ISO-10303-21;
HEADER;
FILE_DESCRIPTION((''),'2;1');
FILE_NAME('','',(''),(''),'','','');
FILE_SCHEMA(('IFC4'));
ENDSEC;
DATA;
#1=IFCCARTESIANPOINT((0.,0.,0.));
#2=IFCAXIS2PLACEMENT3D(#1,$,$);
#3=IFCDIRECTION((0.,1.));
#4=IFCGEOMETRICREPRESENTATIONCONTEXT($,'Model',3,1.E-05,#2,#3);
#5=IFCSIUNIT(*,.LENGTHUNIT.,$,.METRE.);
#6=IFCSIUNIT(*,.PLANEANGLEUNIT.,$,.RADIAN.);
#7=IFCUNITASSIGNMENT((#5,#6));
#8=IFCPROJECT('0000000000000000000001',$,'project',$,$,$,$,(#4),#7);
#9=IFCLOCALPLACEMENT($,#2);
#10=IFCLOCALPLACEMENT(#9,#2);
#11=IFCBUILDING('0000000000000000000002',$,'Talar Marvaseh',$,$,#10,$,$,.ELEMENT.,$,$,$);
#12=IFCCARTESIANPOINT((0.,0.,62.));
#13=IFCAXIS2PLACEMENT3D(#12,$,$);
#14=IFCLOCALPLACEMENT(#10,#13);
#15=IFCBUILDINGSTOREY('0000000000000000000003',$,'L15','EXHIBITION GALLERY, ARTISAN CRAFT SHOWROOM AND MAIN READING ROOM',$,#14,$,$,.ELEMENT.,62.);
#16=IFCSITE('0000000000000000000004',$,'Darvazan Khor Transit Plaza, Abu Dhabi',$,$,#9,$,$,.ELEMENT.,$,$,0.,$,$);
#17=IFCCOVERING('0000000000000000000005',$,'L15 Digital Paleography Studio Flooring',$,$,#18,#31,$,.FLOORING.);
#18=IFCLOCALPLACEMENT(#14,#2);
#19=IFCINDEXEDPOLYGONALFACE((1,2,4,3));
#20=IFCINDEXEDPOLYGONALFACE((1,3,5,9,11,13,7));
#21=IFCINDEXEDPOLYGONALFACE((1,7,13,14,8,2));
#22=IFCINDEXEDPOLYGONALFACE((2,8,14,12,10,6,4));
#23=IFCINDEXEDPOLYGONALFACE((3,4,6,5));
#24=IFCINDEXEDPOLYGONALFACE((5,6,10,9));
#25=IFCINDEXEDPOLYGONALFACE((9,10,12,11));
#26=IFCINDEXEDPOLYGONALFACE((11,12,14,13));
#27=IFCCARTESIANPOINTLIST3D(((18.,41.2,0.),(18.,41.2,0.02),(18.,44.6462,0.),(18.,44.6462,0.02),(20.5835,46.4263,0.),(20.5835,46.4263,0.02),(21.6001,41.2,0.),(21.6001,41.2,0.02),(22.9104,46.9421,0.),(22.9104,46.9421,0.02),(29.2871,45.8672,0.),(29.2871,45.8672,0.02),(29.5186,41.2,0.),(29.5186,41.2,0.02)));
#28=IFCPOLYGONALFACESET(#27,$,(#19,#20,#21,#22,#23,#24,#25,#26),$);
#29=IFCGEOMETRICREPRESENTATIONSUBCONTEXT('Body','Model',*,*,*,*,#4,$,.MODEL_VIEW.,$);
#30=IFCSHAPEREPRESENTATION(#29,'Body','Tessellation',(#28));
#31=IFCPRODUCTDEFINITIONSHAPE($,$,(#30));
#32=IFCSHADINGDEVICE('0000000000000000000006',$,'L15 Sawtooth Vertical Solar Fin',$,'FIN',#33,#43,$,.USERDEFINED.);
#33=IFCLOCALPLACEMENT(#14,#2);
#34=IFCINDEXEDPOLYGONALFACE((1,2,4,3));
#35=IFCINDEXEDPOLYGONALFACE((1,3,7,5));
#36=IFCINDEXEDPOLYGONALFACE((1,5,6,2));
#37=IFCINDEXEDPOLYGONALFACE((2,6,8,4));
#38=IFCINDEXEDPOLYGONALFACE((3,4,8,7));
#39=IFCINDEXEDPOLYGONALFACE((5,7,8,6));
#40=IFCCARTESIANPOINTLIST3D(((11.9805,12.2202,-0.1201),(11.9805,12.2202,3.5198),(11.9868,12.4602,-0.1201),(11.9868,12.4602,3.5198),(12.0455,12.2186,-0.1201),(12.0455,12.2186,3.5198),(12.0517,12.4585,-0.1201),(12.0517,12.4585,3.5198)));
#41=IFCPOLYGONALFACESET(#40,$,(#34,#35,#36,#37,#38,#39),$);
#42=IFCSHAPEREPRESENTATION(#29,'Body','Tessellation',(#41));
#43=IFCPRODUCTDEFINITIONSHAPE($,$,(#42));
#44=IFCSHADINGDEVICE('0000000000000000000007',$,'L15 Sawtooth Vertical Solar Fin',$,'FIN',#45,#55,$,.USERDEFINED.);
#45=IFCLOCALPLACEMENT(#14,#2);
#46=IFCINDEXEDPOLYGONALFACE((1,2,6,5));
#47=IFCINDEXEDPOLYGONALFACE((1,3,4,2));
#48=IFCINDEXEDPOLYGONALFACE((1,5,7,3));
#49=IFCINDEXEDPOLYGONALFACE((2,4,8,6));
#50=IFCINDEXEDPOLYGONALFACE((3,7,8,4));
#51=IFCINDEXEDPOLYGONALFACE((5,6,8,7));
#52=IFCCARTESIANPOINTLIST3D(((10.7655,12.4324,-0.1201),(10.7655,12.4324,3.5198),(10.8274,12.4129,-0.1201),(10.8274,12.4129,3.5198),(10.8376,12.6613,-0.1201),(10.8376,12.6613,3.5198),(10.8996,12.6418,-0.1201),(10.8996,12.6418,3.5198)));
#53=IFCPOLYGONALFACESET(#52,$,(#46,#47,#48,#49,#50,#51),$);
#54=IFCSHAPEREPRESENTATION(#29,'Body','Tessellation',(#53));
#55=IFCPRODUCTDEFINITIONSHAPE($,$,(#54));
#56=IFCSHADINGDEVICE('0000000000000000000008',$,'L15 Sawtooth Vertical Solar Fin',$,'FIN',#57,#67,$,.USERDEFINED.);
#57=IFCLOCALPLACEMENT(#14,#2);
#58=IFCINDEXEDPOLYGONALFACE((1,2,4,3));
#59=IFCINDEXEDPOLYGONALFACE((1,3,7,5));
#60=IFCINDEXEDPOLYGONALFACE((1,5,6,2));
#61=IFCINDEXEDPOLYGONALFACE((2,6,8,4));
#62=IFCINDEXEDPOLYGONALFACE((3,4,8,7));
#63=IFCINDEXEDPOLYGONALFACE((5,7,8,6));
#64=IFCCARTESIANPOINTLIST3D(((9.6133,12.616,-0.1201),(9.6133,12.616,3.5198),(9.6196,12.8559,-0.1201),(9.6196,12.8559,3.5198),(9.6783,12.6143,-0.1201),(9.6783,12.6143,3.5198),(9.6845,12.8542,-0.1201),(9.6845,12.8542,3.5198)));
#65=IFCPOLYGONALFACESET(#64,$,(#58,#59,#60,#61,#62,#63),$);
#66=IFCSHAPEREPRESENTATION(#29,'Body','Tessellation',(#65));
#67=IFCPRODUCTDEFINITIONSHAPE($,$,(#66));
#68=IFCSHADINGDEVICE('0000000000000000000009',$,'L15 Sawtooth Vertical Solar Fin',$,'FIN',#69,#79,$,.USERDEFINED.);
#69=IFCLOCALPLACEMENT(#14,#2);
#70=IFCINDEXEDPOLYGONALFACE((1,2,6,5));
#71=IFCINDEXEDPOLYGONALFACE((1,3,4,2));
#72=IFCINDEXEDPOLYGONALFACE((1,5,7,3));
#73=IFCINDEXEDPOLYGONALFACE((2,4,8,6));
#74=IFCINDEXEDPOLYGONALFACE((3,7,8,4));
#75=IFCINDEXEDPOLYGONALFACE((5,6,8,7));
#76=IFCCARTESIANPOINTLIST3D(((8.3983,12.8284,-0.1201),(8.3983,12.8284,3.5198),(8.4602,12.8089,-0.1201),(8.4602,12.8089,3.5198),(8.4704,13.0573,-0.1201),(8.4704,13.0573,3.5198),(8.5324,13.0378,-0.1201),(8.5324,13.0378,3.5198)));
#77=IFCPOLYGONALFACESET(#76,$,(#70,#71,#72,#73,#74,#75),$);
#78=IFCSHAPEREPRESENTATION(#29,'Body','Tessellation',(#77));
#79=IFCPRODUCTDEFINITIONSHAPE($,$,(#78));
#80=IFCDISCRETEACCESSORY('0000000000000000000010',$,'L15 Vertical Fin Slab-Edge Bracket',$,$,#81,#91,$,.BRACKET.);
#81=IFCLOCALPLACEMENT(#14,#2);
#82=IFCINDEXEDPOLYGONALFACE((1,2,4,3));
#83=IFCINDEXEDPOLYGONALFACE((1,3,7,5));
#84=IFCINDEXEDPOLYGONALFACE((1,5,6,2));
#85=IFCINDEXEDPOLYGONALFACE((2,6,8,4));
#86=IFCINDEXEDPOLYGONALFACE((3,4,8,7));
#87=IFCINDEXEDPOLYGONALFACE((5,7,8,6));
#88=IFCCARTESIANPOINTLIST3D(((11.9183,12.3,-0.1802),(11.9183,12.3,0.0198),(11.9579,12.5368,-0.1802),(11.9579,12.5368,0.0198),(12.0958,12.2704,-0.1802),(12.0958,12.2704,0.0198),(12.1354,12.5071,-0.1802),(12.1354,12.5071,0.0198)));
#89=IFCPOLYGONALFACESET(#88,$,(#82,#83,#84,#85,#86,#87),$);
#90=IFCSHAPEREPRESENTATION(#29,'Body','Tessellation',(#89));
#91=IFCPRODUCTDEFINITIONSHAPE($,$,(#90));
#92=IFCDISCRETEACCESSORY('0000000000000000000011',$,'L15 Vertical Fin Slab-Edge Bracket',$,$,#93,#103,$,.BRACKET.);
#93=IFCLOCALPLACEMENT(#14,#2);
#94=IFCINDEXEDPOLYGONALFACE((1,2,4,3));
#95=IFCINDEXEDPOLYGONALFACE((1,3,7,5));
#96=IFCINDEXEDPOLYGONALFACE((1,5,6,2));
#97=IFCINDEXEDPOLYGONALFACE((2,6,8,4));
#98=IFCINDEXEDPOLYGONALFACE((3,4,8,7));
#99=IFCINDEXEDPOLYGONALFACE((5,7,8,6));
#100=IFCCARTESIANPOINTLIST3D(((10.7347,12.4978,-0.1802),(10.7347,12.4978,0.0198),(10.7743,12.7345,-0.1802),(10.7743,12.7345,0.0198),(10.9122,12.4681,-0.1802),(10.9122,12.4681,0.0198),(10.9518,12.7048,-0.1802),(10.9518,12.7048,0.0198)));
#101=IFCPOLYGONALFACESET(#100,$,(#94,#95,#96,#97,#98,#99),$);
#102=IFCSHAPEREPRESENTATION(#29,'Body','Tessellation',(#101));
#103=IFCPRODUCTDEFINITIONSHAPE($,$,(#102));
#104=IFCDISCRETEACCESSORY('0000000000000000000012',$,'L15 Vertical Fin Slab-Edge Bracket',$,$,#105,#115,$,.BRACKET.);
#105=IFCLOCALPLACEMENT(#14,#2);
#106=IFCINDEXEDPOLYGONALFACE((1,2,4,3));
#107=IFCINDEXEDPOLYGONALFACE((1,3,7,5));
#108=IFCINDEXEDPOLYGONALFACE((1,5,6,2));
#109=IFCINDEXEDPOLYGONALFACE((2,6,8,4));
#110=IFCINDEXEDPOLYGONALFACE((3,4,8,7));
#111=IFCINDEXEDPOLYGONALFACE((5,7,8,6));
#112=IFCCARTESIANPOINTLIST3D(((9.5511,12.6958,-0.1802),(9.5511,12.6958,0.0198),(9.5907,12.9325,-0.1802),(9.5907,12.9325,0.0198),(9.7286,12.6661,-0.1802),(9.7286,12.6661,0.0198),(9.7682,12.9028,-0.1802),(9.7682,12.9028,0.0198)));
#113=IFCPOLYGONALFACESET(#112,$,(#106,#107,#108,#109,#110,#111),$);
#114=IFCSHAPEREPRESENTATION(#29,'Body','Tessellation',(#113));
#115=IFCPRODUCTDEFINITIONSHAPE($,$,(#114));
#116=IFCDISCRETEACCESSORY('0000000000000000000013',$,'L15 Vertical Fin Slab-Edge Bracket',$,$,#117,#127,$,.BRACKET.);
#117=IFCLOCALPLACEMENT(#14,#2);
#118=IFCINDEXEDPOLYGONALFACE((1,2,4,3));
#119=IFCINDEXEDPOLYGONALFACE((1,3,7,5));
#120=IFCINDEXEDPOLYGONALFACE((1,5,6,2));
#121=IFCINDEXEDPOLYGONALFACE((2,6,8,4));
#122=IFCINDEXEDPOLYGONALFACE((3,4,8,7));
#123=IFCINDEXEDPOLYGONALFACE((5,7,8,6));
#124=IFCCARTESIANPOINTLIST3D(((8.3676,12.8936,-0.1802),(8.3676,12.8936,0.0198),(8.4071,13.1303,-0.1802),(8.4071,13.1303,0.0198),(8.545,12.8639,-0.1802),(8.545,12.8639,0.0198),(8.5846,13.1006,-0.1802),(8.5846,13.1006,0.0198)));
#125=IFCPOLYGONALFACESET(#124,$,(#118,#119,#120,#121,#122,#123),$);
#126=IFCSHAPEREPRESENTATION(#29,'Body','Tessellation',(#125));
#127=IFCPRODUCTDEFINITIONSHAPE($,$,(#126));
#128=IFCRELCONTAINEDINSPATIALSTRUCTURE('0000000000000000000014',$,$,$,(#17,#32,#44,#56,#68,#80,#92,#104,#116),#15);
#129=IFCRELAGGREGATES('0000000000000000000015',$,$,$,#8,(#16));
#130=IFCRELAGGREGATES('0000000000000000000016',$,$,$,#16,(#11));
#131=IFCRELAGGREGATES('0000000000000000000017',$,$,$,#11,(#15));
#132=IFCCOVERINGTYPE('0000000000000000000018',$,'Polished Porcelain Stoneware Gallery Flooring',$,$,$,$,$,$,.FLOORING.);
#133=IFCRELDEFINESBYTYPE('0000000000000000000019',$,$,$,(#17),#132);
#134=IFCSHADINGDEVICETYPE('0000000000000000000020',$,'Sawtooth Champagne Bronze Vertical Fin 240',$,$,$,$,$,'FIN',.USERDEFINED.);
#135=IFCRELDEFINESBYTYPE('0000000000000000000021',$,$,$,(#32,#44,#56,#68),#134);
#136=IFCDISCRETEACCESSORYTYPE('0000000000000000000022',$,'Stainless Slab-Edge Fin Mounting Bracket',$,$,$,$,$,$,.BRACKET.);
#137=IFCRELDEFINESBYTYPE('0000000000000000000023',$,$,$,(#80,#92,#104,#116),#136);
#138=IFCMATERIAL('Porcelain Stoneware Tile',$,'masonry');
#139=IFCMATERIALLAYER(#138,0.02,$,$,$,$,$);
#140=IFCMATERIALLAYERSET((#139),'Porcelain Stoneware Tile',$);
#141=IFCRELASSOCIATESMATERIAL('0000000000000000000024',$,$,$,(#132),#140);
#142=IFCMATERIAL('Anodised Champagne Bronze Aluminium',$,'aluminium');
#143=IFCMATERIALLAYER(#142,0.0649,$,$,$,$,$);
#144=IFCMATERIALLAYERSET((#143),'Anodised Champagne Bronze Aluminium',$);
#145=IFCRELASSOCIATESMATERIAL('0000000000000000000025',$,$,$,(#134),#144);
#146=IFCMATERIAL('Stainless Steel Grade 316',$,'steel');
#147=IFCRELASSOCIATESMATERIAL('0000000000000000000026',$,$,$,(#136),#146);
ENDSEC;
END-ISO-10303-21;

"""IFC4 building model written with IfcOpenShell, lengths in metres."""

from ifc_helpers import new_model, si_unit, direction, frame, origin, origin_2d, place, context, subcontext, project, spatial, polyline, rectangle, outline, extrude, source, transform, mapped, material, layer, layer_set, type_object, type_shapes, element, save


model = new_model("IFC4")

# Units and contexts
model_context = context("Model", 3, precision=1e-05, world=origin(), true_north=direction((0.0, 1.0)))
body_context = subcontext(model_context, "Body", "Model", "MODEL_VIEW")
ifc_project = project(units=[si_unit("LENGTHUNIT", "METRE"), si_unit("PLANEANGLEUNIT", "RADIAN")], contexts=[model_context])

# Site, building, storey
site_placement = place(None, origin())
site = spatial("IfcSite", under=ifc_project, at=site_placement, Name="Darvazan Khor Transit Plaza, Abu Dhabi", CompositionType="ELEMENT", RefElevation=0.0)
building_placement = place(site_placement, origin())
building = spatial("IfcBuilding", under=site, at=building_placement, Name="Talar Marvaseh", CompositionType="ELEMENT")
storey_placement = place(building_placement, frame((0.0, 0.0, 62.0)))
storey = spatial("IfcBuildingStorey", under=building, at=storey_placement, Name="L15", Description="EXHIBITION GALLERY, ARTISAN CRAFT SHOWROOM AND MAIN READING ROOM", CompositionType="ELEMENT", Elevation=62.0)

# Covering
ifc_material_1 = material(Name="Porcelain Stoneware Tile", Category="masonry")
ifc_layer_1 = layer(ifc_material_1, 0.02)
ifc_layer_set_1 = layer_set([ifc_layer_1], Name="Porcelain Stoneware Tile")
covering_type_1 = type_object("IfcCoveringType", Name="Polished Porcelain Stoneware Gallery Flooring", PredefinedType="FLOORING", material=ifc_layer_set_1)
covering_1_placement = place(storey_placement, origin())
element("IfcCovering", 1, at=covering_1_placement, inside=storey, type_object=covering_type_1, Name="L15 Digital Paleography Studio Flooring", PredefinedType="FLOORING", context=body_context, shape_type="SweptSolid", body=[
    extrude(outline(polyline([(22.9104, 46.9421), (29.2871, 45.8672), (29.5186, 41.2), (21.6001, 41.2), (18.0, 41.2), (18.0, 44.6462), (20.5835, 46.4263), (22.9104, 46.9421)])), origin(), (0.0, 0.0, 1.0), 0.02),
])

# Shading devices
ifc_material_2 = material(Name="Anodised Champagne Bronze Aluminium", Category="aluminium")
ifc_layer_2 = layer(ifc_material_2, 0.0649)
ifc_layer_set_2 = layer_set([ifc_layer_2], Name="Anodised Champagne Bronze Aluminium")
shading_device_type = type_object("IfcShadingDeviceType", Name="Sawtooth Champagne Bronze Vertical Fin 240", ElementType="FIN", PredefinedType="USERDEFINED", material=ifc_layer_set_2)
shared_shape_1 = source(origin(), body_context, "Body", "SweptSolid", [
    extrude(rectangle(XDim=0.24, YDim=0.0649, at=origin_2d()), origin(), (0.0, 0.0, 1.0), 3.6399),
])
type_shapes(shading_device_type, [shared_shape_1])
for number, where, z_axis, x_axis, name in (
    (2, (12.0161, 12.3394, -0.1201), (0.0, 0.0, 1.0), (-0.026002, -0.999662, 0.0), "L15 Sawtooth Vertical Solar Fin"),
    (3, (10.8325, 12.5371, -0.1201), (0.0, 0.0, 1.0), (-0.300539, -0.953769, 0.0), "L15 Sawtooth Vertical Solar Fin"),
    (4, (9.6489, 12.7351, -0.1201), (0.0, 0.0, 1.0), (-0.026002, -0.999662, 0.0), "L15 Sawtooth Vertical Solar Fin"),
    (5, (8.4653, 12.9331, -0.1201), (0.0, 0.0, 1.0), (-0.300539, -0.953769, 0.0), "L15 Sawtooth Vertical Solar Fin"),
):
    element("IfcShadingDevice", number, at=place(storey_placement, frame(where, z_axis=z_axis, x_axis=x_axis)), inside=storey, type_object=shading_device_type, Name=name, ObjectType="FIN", PredefinedType="USERDEFINED", context=body_context, shape_type="MappedRepresentation", body=[
        mapped(shared_shape_1, transform((0.0, 0.0, 0.0), x_axis=(1.0, 0.0, 0.0), y_axis=(0.0, 1.0, 0.0), z_axis=(0.0, 0.0, 1.0), scale=1.0)),
    ])

# Discrete accessories
ifc_material_3 = material(Name="Stainless Steel Grade 316", Category="steel")
discrete_accessory_type = type_object("IfcDiscreteAccessoryType", Name="Stainless Slab-Edge Fin Mounting Bracket", PredefinedType="BRACKET", material=ifc_material_3)
shared_shape_2 = source(origin(), body_context, "Body", "SweptSolid", [
    extrude(rectangle(XDim=0.24, YDim=0.1799, at=origin_2d()), origin(), (0.0, 0.0, 1.0), 0.2),
])
type_shapes(discrete_accessory_type, [shared_shape_2])
for number, where, z_axis, x_axis, name in (
    (6, (12.0269, 12.4036, -0.1802), (0.0, 0.0, 1.0), (-0.164875, -0.986314, 0.0), "L15 Vertical Fin Slab-Edge Bracket"),
    (7, (10.8433, 12.6013, -0.1802), (0.0, 0.0, 1.0), (-0.164875, -0.986314, 0.0), "L15 Vertical Fin Slab-Edge Bracket"),
    (8, (9.6597, 12.7993, -0.1802), (0.0, 0.0, 1.0), (-0.164875, -0.986314, 0.0), "L15 Vertical Fin Slab-Edge Bracket"),
    (9, (8.4761, 12.9971, -0.1802), (0.0, 0.0, 1.0), (-0.164875, -0.986314, 0.0), "L15 Vertical Fin Slab-Edge Bracket"),
):
    element("IfcDiscreteAccessory", number, at=place(storey_placement, frame(where, z_axis=z_axis, x_axis=x_axis)), inside=storey, type_object=discrete_accessory_type, Name=name, PredefinedType="BRACKET", context=body_context, shape_type="MappedRepresentation", body=[
        mapped(shared_shape_2, transform((0.0, 0.0, 0.0), x_axis=(1.0, 0.0, 0.0), y_axis=(0.0, 1.0, 0.0), z_axis=(0.0, 0.0, 1.0), scale=1.0)),
    ])

save(model, "model.ifc")
